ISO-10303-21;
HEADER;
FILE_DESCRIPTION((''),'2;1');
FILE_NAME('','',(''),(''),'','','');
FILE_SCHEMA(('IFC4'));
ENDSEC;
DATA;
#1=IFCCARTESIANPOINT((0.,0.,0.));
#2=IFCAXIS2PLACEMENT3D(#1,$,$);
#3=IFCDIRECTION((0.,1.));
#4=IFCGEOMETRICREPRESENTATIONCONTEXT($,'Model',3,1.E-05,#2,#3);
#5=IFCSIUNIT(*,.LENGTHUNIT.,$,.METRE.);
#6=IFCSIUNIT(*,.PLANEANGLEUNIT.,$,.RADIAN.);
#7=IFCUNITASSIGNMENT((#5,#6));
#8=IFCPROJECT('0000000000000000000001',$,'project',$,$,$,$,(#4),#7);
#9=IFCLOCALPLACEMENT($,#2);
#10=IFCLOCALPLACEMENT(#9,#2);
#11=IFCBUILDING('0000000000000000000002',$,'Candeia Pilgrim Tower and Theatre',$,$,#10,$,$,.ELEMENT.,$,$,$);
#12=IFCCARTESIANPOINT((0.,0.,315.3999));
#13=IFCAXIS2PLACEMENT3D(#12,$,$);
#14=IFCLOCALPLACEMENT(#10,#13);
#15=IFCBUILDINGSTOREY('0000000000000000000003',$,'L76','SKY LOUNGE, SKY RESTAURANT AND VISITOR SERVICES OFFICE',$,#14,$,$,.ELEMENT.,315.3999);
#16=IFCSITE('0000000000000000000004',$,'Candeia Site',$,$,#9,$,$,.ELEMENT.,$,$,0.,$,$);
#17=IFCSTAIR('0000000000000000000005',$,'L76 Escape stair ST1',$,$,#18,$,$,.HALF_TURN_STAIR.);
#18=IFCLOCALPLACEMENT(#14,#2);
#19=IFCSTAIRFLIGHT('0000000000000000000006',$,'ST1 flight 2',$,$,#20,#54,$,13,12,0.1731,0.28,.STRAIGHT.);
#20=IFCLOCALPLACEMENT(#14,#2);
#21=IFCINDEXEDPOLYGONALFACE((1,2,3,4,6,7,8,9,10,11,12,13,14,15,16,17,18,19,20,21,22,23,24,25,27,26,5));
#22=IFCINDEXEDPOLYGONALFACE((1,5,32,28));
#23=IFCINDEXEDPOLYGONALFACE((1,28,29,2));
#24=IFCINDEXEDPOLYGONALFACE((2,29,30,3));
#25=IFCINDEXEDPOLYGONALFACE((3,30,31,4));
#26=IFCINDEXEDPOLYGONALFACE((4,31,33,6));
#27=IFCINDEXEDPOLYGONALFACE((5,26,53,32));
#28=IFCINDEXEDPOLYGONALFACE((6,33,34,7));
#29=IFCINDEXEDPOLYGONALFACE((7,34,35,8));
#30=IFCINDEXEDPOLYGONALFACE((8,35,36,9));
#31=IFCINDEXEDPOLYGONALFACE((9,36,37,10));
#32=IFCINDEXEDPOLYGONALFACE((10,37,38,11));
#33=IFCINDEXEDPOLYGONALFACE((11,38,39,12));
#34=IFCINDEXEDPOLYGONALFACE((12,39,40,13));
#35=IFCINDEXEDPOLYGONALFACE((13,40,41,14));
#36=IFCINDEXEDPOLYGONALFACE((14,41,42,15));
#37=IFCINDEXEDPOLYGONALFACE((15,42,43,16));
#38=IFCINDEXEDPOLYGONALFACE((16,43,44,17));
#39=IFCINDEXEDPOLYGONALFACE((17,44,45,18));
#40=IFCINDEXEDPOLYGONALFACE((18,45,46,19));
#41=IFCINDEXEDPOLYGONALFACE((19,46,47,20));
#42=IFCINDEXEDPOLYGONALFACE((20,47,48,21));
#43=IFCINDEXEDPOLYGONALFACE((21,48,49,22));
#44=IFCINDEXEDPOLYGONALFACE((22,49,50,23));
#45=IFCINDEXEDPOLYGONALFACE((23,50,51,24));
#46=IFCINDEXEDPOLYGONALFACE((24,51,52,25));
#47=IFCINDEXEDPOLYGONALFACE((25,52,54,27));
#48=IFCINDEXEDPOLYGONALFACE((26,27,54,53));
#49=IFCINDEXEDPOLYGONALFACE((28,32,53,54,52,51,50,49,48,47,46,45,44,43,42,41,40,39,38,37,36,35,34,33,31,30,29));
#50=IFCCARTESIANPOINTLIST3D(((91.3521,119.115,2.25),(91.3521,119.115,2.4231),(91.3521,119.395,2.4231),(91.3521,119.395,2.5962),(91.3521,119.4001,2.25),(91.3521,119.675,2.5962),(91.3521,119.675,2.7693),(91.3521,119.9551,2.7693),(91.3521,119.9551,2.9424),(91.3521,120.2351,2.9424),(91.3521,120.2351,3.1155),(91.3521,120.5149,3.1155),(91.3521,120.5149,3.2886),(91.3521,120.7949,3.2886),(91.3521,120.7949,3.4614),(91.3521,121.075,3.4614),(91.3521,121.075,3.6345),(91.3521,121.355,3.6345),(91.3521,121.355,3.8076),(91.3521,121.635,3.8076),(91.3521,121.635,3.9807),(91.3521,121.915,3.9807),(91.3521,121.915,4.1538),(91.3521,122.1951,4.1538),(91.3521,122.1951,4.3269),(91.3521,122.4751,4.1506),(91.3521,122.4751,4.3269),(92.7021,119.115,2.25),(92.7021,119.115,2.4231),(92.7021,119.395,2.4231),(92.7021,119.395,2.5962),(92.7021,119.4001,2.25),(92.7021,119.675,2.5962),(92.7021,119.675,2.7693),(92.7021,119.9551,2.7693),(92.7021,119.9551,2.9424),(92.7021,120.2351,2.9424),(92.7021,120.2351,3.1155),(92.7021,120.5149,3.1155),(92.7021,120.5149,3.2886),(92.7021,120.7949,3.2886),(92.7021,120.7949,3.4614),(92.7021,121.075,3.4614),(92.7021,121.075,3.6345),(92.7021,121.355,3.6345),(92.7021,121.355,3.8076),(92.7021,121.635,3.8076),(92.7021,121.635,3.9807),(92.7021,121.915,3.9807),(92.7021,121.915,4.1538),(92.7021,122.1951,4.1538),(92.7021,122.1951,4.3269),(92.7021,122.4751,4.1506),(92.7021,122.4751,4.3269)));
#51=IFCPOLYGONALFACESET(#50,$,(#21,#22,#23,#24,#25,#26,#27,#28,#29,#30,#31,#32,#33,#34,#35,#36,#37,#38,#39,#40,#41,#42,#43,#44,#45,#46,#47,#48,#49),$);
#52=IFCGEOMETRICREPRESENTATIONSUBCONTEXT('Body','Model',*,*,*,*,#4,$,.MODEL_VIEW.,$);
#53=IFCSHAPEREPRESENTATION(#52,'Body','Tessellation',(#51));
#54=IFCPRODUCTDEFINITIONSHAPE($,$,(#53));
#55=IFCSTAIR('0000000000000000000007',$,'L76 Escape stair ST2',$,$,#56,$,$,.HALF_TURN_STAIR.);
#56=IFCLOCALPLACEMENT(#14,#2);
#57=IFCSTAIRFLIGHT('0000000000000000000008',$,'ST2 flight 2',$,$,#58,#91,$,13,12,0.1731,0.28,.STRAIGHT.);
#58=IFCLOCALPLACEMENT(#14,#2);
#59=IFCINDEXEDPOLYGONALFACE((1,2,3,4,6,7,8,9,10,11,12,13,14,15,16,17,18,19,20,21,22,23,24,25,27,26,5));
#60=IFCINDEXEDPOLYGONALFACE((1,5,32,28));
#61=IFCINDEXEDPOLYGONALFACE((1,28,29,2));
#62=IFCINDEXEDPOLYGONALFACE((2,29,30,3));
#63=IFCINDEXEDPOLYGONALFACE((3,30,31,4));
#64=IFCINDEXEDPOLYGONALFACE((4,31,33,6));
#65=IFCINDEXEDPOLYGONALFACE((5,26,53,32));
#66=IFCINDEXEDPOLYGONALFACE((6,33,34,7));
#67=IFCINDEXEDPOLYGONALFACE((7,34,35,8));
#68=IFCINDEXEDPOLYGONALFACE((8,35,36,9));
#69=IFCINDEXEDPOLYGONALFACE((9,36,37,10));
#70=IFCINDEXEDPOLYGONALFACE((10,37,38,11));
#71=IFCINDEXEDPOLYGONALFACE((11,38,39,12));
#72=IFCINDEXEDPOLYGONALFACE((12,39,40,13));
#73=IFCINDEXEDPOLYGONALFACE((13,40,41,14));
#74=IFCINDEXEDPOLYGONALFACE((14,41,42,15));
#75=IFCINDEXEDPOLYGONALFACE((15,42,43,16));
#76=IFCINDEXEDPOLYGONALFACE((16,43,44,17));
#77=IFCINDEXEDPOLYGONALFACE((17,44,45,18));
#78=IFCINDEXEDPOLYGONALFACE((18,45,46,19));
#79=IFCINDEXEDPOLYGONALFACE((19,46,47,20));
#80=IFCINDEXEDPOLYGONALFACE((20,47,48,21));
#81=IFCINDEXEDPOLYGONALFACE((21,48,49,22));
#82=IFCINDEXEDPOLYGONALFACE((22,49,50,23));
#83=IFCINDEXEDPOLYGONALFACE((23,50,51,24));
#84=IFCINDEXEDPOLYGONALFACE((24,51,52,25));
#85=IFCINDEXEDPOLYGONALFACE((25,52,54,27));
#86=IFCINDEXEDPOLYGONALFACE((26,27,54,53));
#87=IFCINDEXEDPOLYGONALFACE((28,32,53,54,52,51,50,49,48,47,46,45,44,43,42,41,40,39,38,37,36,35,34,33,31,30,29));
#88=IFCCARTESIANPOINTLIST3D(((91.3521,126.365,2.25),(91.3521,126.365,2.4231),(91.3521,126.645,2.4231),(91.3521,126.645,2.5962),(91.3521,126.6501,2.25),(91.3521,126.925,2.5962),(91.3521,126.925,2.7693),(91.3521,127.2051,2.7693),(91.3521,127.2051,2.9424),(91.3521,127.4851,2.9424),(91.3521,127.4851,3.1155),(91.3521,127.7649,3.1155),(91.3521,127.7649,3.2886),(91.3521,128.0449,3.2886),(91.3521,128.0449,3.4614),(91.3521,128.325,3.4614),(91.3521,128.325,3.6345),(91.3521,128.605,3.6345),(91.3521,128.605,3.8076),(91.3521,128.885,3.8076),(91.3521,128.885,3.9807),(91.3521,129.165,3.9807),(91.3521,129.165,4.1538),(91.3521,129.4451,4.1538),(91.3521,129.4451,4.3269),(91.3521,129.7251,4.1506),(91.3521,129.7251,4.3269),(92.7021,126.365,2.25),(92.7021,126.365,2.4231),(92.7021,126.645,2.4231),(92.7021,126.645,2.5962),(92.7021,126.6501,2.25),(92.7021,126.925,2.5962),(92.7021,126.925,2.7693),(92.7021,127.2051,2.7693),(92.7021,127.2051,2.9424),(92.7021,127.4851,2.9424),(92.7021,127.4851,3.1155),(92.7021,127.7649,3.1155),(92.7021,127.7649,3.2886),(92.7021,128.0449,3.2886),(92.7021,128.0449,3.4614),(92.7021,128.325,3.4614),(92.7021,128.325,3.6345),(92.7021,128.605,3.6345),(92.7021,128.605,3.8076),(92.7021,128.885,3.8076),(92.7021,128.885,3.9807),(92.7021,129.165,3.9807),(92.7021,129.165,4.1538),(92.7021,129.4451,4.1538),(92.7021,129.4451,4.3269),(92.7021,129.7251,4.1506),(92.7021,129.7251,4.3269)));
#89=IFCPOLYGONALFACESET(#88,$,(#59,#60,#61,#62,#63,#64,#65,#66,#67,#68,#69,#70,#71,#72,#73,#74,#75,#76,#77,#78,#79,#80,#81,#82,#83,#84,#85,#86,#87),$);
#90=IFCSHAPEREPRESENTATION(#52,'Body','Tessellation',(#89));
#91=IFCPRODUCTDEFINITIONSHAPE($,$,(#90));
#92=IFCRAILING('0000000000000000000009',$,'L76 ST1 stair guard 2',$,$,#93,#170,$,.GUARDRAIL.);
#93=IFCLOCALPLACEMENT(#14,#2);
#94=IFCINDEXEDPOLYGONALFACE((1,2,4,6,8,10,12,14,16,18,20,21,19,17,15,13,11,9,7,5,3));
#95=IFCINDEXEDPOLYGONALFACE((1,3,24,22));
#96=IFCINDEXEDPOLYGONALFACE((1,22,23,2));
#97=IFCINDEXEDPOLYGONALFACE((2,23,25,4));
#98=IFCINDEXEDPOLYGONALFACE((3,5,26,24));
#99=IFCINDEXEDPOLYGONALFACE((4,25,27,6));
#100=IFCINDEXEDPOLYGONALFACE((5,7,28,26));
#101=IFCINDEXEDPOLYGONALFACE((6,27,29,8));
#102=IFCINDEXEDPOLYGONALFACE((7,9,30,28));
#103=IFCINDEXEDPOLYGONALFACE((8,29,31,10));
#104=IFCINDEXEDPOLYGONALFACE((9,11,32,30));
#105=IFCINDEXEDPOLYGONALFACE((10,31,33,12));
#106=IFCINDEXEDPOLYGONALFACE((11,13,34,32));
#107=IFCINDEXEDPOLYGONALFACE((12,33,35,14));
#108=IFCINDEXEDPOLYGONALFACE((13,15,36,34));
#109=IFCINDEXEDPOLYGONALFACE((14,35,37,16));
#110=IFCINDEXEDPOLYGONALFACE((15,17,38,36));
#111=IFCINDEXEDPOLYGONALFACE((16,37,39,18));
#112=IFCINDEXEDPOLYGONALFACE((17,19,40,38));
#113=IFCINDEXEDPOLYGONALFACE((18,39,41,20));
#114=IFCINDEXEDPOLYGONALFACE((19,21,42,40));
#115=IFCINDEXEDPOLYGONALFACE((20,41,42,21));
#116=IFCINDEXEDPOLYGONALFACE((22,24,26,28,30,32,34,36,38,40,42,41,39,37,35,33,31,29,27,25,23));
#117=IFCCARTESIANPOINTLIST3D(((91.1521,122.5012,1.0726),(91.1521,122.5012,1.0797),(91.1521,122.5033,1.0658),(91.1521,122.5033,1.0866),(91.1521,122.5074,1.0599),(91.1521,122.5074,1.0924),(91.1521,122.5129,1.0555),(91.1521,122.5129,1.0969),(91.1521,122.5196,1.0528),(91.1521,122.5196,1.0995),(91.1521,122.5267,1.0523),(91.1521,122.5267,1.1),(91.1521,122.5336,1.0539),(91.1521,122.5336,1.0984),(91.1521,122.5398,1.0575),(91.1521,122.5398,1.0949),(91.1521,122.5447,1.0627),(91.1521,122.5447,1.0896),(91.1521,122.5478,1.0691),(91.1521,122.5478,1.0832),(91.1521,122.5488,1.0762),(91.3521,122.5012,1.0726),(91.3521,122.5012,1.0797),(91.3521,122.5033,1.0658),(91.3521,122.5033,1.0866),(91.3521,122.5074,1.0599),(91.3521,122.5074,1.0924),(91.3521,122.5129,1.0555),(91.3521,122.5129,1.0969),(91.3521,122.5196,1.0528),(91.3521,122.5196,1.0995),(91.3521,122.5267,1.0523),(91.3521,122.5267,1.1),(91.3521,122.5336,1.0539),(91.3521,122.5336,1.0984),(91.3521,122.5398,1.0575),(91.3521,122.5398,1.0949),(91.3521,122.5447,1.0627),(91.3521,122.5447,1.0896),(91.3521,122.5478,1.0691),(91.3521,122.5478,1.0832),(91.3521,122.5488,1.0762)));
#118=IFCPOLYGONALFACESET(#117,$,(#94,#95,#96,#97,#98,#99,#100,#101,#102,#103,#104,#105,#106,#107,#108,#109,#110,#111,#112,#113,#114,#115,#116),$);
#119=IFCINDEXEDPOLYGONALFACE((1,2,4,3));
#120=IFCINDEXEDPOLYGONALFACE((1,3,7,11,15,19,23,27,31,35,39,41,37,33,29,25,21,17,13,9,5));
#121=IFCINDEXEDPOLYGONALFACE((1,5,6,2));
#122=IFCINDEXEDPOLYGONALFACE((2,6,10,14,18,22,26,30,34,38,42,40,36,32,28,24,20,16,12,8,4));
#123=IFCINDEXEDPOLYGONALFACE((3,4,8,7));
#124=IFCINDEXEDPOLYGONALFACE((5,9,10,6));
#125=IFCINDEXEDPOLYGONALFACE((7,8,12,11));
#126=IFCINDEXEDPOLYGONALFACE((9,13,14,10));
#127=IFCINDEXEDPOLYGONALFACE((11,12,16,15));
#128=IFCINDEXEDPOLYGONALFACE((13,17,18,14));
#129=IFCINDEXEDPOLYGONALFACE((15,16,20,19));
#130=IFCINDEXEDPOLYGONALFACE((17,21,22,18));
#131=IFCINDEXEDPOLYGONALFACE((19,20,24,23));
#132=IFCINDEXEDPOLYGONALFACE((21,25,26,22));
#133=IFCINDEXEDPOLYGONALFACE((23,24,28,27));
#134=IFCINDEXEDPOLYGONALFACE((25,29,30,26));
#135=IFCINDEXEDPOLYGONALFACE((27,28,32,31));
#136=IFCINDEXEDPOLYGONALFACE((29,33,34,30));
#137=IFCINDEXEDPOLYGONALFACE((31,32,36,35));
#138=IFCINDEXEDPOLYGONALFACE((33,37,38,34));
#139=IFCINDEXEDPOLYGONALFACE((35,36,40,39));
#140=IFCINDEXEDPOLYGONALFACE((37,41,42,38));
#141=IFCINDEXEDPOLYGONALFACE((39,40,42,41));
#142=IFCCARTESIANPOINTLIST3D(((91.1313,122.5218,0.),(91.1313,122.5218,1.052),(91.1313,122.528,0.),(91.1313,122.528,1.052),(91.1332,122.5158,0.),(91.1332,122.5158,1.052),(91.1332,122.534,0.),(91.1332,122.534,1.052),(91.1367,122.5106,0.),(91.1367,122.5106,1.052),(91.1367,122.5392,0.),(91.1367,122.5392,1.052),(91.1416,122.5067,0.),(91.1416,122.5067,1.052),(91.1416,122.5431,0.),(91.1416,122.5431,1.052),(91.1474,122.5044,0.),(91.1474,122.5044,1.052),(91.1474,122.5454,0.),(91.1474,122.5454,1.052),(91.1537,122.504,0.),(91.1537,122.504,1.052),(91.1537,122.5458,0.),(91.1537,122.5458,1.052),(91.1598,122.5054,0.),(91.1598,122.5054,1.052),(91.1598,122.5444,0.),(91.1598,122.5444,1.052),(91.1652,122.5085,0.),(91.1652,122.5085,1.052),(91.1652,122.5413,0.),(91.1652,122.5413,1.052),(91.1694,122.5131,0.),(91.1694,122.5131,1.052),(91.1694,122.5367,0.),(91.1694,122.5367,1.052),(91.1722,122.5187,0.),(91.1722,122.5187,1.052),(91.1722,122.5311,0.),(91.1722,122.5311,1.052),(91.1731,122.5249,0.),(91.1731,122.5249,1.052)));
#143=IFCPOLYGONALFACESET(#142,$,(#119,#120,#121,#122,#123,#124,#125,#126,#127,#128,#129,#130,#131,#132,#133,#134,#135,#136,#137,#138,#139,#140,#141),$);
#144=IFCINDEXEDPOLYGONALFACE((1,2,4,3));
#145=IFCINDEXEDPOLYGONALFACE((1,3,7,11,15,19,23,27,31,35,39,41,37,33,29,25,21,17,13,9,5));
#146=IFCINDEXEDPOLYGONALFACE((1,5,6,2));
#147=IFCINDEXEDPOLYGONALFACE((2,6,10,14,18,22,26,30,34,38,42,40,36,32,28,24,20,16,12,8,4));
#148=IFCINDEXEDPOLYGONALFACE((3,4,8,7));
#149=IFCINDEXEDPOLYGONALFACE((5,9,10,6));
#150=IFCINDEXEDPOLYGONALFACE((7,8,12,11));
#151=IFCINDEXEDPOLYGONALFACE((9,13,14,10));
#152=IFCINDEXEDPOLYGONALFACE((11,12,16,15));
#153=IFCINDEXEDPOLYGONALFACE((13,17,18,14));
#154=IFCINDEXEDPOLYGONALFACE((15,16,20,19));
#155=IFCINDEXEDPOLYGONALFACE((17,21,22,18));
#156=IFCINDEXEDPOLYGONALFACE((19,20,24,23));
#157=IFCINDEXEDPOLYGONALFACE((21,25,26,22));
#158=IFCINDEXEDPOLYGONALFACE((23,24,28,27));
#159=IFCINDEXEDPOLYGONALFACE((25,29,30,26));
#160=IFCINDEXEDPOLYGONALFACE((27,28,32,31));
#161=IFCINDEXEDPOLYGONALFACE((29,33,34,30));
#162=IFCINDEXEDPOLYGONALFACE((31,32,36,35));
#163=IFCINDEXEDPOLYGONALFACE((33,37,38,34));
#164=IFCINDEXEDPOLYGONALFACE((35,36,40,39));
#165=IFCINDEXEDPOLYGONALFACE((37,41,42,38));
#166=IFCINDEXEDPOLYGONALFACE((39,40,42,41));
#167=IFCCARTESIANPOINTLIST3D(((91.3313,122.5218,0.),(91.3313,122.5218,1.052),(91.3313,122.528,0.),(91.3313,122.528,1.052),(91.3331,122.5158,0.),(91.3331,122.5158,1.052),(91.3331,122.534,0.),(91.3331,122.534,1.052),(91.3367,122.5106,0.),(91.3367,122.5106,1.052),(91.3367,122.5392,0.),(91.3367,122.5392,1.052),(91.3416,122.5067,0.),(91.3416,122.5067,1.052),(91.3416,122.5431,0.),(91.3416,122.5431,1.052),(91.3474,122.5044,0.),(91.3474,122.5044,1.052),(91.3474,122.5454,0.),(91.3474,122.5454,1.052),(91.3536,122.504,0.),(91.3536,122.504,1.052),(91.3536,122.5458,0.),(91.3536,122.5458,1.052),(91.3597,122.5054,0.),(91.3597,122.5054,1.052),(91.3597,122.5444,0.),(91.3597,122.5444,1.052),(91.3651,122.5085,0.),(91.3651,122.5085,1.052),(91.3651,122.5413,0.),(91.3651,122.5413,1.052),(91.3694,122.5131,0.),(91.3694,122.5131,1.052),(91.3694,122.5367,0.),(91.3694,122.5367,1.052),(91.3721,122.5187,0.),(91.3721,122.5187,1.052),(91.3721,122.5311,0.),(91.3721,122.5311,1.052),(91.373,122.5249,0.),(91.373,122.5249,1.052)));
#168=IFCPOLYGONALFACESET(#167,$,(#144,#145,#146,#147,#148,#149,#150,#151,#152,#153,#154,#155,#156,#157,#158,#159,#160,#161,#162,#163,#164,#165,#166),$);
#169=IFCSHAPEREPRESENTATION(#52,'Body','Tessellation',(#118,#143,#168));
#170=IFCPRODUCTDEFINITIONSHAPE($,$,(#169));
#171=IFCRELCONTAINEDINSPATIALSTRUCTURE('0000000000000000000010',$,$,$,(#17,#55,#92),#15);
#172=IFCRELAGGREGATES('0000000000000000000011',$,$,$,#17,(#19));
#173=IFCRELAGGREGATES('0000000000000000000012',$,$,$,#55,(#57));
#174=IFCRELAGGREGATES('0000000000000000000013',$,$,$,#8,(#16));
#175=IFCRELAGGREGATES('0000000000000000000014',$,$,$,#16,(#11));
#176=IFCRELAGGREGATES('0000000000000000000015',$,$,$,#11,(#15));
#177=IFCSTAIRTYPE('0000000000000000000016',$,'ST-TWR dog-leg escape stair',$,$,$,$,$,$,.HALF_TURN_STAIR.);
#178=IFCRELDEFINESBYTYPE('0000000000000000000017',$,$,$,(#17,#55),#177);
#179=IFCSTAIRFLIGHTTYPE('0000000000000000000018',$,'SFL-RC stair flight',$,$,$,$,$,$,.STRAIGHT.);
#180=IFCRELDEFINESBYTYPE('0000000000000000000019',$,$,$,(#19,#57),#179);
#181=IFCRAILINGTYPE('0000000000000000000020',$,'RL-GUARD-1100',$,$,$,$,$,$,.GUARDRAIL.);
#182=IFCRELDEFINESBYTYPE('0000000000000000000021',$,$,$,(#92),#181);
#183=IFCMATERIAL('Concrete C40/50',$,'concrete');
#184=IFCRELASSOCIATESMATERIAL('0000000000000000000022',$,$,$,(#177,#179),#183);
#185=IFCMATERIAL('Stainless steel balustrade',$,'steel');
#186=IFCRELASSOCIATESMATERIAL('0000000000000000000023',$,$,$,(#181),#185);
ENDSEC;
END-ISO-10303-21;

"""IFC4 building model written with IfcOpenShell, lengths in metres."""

from ifc_helpers import new_model, si_unit, direction, frame, origin, origin_2d, place, context, subcontext, project, spatial, polyline, circle, outline, extrude, material, type_object, element, aggregate, save


model = new_model("IFC4")

# Units and contexts
model_context = context("Model", 3, precision=1e-05, world=origin(), true_north=direction((0.0, 1.0)))
body_context = subcontext(model_context, "Body", "Model", "MODEL_VIEW")
ifc_project = project(units=[si_unit("LENGTHUNIT", "METRE"), si_unit("PLANEANGLEUNIT", "RADIAN")], contexts=[model_context])

# Site, building, storey
site_placement = place(None, origin())
site = spatial("IfcSite", under=ifc_project, at=site_placement, Name="Candeia Site", CompositionType="ELEMENT", RefElevation=0.0)
building_placement = place(site_placement, origin())
building = spatial("IfcBuilding", under=site, at=building_placement, Name="Candeia Pilgrim Tower and Theatre", CompositionType="ELEMENT")
storey_placement = place(building_placement, frame((0.0, 0.0, 315.3999)))
storey = spatial("IfcBuildingStorey", under=building, at=storey_placement, Name="L76", Description="SKY LOUNGE, SKY RESTAURANT AND VISITOR SERVICES OFFICE", CompositionType="ELEMENT", Elevation=315.3999)

# Shared definitions
ifc_material_1 = material(Name="Concrete C40/50", Category="concrete")

# Stair, stair flight
stair_type = type_object("IfcStairType", Name="ST-TWR dog-leg escape stair", PredefinedType="HALF_TURN_STAIR", material=ifc_material_1)
stair_1_placement = place(storey_placement, origin())
stair_1 = element("IfcStair", 1, at=stair_1_placement, inside=storey, type_object=stair_type, Name="L76 Escape stair ST1", PredefinedType="HALF_TURN_STAIR")
stair_flight_type = type_object("IfcStairFlightType", Name="SFL-RC stair flight", PredefinedType="STRAIGHT", material=ifc_material_1)
stair_flight_1_placement = place(storey_placement, frame((92.0271, 119.115, 2.25), z_axis=(0.0, 0.0, 1.0), x_axis=(0.0, 1.0, 0.0)))
stair_flight_1 = element("IfcStairFlight", 2, at=stair_flight_1_placement, type_object=stair_flight_type, Name="ST1 flight 2", NumberOfRisers=13, NumberOfTreads=12, PredefinedType="STRAIGHT", RiserHeight=0.1731, TreadLength=0.28, context=body_context, shape_type="SweptSolid", body=[
    extrude(outline(polyline([(0.0, 0.0), (0.0, 0.1731), (0.28, 0.1731), (0.28, 0.3462), (0.5601, 0.3462), (0.5601, 0.5193), (0.8401, 0.5193), (0.8401, 0.6924), (1.1201, 0.6924), (1.1201, 0.8655), (1.3999, 0.8655), (1.3999, 1.0386), (1.6799, 1.0386), (1.6799, 1.2114), (1.96, 1.2114), (1.96, 1.3845), (2.24, 1.3845), (2.24, 1.5576), (2.52, 1.5576), (2.52, 1.7307), (2.8, 1.7307), (2.8, 1.9038), (3.0801, 1.9038), (3.0801, 2.0769), (3.3601, 2.0769), (3.3601, 2.25), (3.3601, 1.9006), (0.2852, 0.0), (0.0, 0.0)])), frame((0.0, 0.675, 0.0), z_axis=(0.0, -1.0, 0.0), x_axis=(1.0, 0.0, 0.0)), (0.0, 0.0, 1.0), 1.3501),
])
aggregate(stair_1, [stair_flight_1])

# Stair, stair flight
stair_2_placement = place(storey_placement, origin())
stair_2 = element("IfcStair", 3, at=stair_2_placement, inside=storey, type_object=stair_type, Name="L76 Escape stair ST2", PredefinedType="HALF_TURN_STAIR")
stair_flight_2_placement = place(storey_placement, frame((92.0271, 126.365, 2.25), z_axis=(0.0, 0.0, 1.0), x_axis=(0.0, 1.0, 0.0)))
stair_flight_2 = element("IfcStairFlight", 4, at=stair_flight_2_placement, type_object=stair_flight_type, Name="ST2 flight 2", NumberOfRisers=13, NumberOfTreads=12, PredefinedType="STRAIGHT", RiserHeight=0.1731, TreadLength=0.28, context=body_context, shape_type="SweptSolid", body=[
    extrude(outline(polyline([(0.0, 0.0), (0.0, 0.1731), (0.28, 0.1731), (0.28, 0.3462), (0.5601, 0.3462), (0.5601, 0.5193), (0.8401, 0.5193), (0.8401, 0.6924), (1.1201, 0.6924), (1.1201, 0.8655), (1.3999, 0.8655), (1.3999, 1.0386), (1.6799, 1.0386), (1.6799, 1.2114), (1.96, 1.2114), (1.96, 1.3845), (2.24, 1.3845), (2.24, 1.5576), (2.52, 1.5576), (2.52, 1.7307), (2.8, 1.7307), (2.8, 1.9038), (3.0801, 1.9038), (3.0801, 2.0769), (3.3601, 2.0769), (3.3601, 2.25), (3.3601, 1.9006), (0.2852, 0.0), (0.0, 0.0)])), frame((0.0, 0.675, 0.0), z_axis=(0.0, -1.0, 0.0), x_axis=(1.0, 0.0, 0.0)), (0.0, 0.0, 1.0), 1.3501),
])
aggregate(stair_2, [stair_flight_2])

# Railing
ifc_material_2 = material(Name="Stainless steel balustrade", Category="steel")
railing_type_1 = type_object("IfcRailingType", Name="RL-GUARD-1100", PredefinedType="GUARDRAIL", material=ifc_material_2)
railing_1_placement = place(storey_placement, frame((91.1521, 122.5249, 0.0)))
element("IfcRailing", 5, at=railing_1_placement, inside=storey, type_object=railing_type_1, Name="L76 ST1 stair guard 2", PredefinedType="GUARDRAIL", context=body_context, shape_type="SweptSolid", body=[
    extrude(circle(Radius=0.0239, at=origin_2d()), frame((0.0, 0.0, 1.0762), z_axis=(1.0, 0.0, 0.0), x_axis=(0.0, 1.0, 0.0)), (0.0, 0.0, 1.0), 0.2),
    extrude(circle(Radius=0.021, at=origin_2d()), origin(), (0.0, 0.0, 1.0), 1.052),
    extrude(circle(Radius=0.021, at=origin_2d()), frame((0.2, 0.0, 0.0)), (0.0, 0.0, 1.0), 1.052),
])

save(model, "model.ifc")
